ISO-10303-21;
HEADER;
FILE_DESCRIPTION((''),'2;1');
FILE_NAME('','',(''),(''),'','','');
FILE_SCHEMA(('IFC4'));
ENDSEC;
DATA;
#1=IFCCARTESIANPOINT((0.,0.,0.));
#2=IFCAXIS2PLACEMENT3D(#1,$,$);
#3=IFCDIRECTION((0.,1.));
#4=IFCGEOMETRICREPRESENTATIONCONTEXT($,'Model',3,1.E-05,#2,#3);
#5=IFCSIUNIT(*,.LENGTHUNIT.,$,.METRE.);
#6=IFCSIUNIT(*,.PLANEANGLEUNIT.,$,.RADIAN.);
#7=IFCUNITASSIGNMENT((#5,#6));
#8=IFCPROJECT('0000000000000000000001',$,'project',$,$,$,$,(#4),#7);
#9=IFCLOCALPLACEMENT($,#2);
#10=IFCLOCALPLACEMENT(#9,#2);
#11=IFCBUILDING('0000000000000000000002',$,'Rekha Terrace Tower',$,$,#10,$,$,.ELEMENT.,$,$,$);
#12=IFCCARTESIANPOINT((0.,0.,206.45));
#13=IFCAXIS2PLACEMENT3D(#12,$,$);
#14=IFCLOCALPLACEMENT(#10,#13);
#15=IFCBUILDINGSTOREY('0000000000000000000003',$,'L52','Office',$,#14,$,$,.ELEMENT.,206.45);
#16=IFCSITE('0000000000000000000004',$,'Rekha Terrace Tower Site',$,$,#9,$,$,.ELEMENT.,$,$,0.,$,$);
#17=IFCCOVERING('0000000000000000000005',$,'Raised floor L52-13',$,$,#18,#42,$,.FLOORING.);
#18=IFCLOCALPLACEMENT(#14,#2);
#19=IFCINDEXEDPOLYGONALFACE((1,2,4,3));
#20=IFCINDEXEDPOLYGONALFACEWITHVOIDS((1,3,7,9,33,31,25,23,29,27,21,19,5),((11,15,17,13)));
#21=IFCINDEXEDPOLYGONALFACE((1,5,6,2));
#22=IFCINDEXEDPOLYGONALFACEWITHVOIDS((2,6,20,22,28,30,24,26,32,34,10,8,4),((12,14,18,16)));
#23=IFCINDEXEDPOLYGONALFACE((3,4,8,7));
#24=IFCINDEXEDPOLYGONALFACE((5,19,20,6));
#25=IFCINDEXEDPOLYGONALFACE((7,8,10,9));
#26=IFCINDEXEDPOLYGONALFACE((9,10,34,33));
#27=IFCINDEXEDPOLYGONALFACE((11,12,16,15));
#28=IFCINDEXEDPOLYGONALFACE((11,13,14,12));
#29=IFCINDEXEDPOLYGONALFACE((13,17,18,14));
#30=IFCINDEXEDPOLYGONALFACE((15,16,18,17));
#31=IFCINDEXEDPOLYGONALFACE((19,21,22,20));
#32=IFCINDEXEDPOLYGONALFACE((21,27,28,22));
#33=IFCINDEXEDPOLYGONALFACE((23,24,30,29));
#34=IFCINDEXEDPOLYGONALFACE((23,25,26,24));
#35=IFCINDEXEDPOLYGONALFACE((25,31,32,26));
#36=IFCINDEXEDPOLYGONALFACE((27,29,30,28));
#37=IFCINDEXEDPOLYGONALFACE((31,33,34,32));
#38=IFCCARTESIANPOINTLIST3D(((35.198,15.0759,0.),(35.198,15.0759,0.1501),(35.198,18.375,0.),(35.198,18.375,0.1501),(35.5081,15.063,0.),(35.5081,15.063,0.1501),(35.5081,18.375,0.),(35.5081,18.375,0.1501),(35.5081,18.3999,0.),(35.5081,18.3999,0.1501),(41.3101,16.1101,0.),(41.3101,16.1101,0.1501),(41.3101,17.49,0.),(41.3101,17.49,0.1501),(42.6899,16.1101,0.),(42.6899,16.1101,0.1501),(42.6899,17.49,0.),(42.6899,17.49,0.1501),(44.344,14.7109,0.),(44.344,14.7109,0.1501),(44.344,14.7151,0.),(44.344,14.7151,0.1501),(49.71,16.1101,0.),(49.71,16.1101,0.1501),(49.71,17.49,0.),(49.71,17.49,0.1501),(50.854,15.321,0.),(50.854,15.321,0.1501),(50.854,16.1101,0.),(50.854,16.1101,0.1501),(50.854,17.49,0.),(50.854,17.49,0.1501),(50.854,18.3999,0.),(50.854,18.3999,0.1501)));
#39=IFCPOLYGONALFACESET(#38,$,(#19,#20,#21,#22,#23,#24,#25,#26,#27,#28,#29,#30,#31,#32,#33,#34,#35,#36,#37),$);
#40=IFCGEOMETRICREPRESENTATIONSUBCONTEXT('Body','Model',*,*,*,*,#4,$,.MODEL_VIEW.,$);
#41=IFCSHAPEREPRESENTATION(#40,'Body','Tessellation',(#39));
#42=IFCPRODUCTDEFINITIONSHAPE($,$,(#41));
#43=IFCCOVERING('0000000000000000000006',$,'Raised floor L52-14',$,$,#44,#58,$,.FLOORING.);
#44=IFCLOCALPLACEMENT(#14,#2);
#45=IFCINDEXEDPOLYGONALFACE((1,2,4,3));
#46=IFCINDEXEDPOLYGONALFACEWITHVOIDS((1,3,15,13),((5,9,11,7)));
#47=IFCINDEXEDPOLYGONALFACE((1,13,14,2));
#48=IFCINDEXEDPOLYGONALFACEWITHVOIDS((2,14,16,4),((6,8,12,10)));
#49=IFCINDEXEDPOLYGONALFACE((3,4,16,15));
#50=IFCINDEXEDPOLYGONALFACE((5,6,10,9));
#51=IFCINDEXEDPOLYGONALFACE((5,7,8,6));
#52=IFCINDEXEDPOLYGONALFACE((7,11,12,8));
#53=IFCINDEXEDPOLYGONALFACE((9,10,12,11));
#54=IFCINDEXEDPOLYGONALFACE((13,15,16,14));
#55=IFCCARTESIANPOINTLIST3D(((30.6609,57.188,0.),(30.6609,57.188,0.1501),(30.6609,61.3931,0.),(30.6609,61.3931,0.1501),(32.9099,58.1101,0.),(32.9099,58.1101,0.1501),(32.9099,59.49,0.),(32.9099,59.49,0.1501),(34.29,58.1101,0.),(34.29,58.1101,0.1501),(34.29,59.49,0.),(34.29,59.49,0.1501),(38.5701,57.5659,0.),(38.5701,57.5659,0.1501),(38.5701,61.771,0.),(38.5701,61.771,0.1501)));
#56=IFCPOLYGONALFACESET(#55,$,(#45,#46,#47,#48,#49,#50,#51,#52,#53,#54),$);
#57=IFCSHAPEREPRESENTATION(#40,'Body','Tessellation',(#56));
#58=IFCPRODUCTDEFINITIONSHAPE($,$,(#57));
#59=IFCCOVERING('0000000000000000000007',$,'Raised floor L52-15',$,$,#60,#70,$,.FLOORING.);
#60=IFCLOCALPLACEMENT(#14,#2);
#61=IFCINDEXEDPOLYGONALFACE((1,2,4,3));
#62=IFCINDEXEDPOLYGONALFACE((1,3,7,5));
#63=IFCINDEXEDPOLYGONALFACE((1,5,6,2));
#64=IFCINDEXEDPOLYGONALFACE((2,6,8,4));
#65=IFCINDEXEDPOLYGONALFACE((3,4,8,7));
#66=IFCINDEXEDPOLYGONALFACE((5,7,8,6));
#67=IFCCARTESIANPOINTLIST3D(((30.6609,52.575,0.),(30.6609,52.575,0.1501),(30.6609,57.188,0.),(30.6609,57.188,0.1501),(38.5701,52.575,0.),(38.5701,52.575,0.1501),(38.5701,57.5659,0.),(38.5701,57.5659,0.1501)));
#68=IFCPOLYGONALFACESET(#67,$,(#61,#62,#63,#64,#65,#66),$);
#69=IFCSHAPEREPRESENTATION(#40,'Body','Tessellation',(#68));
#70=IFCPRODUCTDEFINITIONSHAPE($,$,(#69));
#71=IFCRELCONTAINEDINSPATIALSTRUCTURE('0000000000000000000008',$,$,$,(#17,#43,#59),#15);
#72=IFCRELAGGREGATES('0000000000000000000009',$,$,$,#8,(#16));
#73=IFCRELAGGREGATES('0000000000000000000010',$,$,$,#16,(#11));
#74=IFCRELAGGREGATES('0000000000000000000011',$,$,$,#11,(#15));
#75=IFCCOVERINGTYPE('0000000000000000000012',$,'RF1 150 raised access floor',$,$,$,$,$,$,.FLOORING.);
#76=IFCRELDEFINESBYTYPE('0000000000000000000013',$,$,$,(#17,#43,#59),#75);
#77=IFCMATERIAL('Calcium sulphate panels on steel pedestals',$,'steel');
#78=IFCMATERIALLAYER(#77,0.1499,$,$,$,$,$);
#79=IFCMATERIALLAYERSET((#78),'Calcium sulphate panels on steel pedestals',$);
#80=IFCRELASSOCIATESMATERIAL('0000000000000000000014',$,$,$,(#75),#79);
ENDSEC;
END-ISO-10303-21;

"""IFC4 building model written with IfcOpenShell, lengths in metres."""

from ifc_helpers import new_model, si_unit, direction, frame, origin, place, context, subcontext, project, spatial, polyline, outline, extrude, material, layer, layer_set, type_object, element, save


model = new_model("IFC4")

# Units and contexts
model_context = context("Model", 3, precision=1e-05, world=origin(), true_north=direction((0.0, 1.0)))
body_context = subcontext(model_context, "Body", "Model", "MODEL_VIEW")
ifc_project = project(units=[si_unit("LENGTHUNIT", "METRE"), si_unit("PLANEANGLEUNIT", "RADIAN")], contexts=[model_context])

# Site, building, storey
site_placement = place(None, origin())
site = spatial("IfcSite", under=ifc_project, at=site_placement, Name="Rekha Terrace Tower Site", CompositionType="ELEMENT", RefElevation=0.0)
building_placement = place(site_placement, origin())
building = spatial("IfcBuilding", under=site, at=building_placement, Name="Rekha Terrace Tower", CompositionType="ELEMENT")
storey_placement = place(building_placement, frame((0.0, 0.0, 206.45)))
storey = spatial("IfcBuildingStorey", under=building, at=storey_placement, Name="L52", Description="Office", CompositionType="ELEMENT", Elevation=206.45)

# Coverings
ifc_material_1 = material(Name="Calcium sulphate panels on steel pedestals", Category="steel")
ifc_layer_1 = layer(ifc_material_1, 0.1499)
ifc_layer_set_1 = layer_set([ifc_layer_1], Name="Calcium sulphate panels on steel pedestals")
covering_type_1 = type_object("IfcCoveringType", Name="RF1 150 raised access floor", PredefinedType="FLOORING", material=ifc_layer_set_1)
covering_1_placement = place(storey_placement, origin())
element("IfcCovering", 1, at=covering_1_placement, inside=storey, type_object=covering_type_1, Name="Raised floor L52-13", PredefinedType="FLOORING", context=body_context, shape_type="SweptSolid", body=[
    extrude(outline(polyline([(35.5081, 15.063), (44.344, 14.7109), (44.344, 14.7151), (50.854, 15.321), (50.854, 16.1101), (49.71, 16.1101), (49.71, 17.49), (50.854, 17.49), (50.854, 18.3999), (35.5081, 18.3999), (35.5081, 18.375), (35.198, 18.375), (35.198, 15.0759), (35.5081, 15.063)]), holes=[polyline([(42.6899, 17.49), (42.6899, 16.1101), (41.3101, 16.1101), (41.3101, 17.49), (42.6899, 17.49)])]), origin(), (0.0, 0.0, 1.0), 0.1501),
])
covering_2_placement = place(storey_placement, origin())
element("IfcCovering", 2, at=covering_2_placement, inside=storey, type_object=covering_type_1, Name="Raised floor L52-14", PredefinedType="FLOORING", context=body_context, shape_type="SweptSolid", body=[
    extrude(outline(polyline([(30.6609, 57.188), (38.5701, 57.5659), (38.5701, 61.771), (30.6609, 61.3931), (30.6609, 57.188)]), holes=[polyline([(34.29, 58.1101), (32.9099, 58.1101), (32.9099, 59.49), (34.29, 59.49), (34.29, 58.1101)])]), origin(), (0.0, 0.0, 1.0), 0.1501),
])
covering_3_placement = place(storey_placement, origin())
element("IfcCovering", 3, at=covering_3_placement, inside=storey, type_object=covering_type_1, Name="Raised floor L52-15", PredefinedType="FLOORING", context=body_context, shape_type="SweptSolid", body=[
    extrude(outline(polyline([(30.6609, 52.575), (38.5701, 52.575), (38.5701, 57.5659), (30.6609, 57.188), (30.6609, 52.575)])), origin(), (0.0, 0.0, 1.0), 0.1501),
])

save(model, "model.ifc")
